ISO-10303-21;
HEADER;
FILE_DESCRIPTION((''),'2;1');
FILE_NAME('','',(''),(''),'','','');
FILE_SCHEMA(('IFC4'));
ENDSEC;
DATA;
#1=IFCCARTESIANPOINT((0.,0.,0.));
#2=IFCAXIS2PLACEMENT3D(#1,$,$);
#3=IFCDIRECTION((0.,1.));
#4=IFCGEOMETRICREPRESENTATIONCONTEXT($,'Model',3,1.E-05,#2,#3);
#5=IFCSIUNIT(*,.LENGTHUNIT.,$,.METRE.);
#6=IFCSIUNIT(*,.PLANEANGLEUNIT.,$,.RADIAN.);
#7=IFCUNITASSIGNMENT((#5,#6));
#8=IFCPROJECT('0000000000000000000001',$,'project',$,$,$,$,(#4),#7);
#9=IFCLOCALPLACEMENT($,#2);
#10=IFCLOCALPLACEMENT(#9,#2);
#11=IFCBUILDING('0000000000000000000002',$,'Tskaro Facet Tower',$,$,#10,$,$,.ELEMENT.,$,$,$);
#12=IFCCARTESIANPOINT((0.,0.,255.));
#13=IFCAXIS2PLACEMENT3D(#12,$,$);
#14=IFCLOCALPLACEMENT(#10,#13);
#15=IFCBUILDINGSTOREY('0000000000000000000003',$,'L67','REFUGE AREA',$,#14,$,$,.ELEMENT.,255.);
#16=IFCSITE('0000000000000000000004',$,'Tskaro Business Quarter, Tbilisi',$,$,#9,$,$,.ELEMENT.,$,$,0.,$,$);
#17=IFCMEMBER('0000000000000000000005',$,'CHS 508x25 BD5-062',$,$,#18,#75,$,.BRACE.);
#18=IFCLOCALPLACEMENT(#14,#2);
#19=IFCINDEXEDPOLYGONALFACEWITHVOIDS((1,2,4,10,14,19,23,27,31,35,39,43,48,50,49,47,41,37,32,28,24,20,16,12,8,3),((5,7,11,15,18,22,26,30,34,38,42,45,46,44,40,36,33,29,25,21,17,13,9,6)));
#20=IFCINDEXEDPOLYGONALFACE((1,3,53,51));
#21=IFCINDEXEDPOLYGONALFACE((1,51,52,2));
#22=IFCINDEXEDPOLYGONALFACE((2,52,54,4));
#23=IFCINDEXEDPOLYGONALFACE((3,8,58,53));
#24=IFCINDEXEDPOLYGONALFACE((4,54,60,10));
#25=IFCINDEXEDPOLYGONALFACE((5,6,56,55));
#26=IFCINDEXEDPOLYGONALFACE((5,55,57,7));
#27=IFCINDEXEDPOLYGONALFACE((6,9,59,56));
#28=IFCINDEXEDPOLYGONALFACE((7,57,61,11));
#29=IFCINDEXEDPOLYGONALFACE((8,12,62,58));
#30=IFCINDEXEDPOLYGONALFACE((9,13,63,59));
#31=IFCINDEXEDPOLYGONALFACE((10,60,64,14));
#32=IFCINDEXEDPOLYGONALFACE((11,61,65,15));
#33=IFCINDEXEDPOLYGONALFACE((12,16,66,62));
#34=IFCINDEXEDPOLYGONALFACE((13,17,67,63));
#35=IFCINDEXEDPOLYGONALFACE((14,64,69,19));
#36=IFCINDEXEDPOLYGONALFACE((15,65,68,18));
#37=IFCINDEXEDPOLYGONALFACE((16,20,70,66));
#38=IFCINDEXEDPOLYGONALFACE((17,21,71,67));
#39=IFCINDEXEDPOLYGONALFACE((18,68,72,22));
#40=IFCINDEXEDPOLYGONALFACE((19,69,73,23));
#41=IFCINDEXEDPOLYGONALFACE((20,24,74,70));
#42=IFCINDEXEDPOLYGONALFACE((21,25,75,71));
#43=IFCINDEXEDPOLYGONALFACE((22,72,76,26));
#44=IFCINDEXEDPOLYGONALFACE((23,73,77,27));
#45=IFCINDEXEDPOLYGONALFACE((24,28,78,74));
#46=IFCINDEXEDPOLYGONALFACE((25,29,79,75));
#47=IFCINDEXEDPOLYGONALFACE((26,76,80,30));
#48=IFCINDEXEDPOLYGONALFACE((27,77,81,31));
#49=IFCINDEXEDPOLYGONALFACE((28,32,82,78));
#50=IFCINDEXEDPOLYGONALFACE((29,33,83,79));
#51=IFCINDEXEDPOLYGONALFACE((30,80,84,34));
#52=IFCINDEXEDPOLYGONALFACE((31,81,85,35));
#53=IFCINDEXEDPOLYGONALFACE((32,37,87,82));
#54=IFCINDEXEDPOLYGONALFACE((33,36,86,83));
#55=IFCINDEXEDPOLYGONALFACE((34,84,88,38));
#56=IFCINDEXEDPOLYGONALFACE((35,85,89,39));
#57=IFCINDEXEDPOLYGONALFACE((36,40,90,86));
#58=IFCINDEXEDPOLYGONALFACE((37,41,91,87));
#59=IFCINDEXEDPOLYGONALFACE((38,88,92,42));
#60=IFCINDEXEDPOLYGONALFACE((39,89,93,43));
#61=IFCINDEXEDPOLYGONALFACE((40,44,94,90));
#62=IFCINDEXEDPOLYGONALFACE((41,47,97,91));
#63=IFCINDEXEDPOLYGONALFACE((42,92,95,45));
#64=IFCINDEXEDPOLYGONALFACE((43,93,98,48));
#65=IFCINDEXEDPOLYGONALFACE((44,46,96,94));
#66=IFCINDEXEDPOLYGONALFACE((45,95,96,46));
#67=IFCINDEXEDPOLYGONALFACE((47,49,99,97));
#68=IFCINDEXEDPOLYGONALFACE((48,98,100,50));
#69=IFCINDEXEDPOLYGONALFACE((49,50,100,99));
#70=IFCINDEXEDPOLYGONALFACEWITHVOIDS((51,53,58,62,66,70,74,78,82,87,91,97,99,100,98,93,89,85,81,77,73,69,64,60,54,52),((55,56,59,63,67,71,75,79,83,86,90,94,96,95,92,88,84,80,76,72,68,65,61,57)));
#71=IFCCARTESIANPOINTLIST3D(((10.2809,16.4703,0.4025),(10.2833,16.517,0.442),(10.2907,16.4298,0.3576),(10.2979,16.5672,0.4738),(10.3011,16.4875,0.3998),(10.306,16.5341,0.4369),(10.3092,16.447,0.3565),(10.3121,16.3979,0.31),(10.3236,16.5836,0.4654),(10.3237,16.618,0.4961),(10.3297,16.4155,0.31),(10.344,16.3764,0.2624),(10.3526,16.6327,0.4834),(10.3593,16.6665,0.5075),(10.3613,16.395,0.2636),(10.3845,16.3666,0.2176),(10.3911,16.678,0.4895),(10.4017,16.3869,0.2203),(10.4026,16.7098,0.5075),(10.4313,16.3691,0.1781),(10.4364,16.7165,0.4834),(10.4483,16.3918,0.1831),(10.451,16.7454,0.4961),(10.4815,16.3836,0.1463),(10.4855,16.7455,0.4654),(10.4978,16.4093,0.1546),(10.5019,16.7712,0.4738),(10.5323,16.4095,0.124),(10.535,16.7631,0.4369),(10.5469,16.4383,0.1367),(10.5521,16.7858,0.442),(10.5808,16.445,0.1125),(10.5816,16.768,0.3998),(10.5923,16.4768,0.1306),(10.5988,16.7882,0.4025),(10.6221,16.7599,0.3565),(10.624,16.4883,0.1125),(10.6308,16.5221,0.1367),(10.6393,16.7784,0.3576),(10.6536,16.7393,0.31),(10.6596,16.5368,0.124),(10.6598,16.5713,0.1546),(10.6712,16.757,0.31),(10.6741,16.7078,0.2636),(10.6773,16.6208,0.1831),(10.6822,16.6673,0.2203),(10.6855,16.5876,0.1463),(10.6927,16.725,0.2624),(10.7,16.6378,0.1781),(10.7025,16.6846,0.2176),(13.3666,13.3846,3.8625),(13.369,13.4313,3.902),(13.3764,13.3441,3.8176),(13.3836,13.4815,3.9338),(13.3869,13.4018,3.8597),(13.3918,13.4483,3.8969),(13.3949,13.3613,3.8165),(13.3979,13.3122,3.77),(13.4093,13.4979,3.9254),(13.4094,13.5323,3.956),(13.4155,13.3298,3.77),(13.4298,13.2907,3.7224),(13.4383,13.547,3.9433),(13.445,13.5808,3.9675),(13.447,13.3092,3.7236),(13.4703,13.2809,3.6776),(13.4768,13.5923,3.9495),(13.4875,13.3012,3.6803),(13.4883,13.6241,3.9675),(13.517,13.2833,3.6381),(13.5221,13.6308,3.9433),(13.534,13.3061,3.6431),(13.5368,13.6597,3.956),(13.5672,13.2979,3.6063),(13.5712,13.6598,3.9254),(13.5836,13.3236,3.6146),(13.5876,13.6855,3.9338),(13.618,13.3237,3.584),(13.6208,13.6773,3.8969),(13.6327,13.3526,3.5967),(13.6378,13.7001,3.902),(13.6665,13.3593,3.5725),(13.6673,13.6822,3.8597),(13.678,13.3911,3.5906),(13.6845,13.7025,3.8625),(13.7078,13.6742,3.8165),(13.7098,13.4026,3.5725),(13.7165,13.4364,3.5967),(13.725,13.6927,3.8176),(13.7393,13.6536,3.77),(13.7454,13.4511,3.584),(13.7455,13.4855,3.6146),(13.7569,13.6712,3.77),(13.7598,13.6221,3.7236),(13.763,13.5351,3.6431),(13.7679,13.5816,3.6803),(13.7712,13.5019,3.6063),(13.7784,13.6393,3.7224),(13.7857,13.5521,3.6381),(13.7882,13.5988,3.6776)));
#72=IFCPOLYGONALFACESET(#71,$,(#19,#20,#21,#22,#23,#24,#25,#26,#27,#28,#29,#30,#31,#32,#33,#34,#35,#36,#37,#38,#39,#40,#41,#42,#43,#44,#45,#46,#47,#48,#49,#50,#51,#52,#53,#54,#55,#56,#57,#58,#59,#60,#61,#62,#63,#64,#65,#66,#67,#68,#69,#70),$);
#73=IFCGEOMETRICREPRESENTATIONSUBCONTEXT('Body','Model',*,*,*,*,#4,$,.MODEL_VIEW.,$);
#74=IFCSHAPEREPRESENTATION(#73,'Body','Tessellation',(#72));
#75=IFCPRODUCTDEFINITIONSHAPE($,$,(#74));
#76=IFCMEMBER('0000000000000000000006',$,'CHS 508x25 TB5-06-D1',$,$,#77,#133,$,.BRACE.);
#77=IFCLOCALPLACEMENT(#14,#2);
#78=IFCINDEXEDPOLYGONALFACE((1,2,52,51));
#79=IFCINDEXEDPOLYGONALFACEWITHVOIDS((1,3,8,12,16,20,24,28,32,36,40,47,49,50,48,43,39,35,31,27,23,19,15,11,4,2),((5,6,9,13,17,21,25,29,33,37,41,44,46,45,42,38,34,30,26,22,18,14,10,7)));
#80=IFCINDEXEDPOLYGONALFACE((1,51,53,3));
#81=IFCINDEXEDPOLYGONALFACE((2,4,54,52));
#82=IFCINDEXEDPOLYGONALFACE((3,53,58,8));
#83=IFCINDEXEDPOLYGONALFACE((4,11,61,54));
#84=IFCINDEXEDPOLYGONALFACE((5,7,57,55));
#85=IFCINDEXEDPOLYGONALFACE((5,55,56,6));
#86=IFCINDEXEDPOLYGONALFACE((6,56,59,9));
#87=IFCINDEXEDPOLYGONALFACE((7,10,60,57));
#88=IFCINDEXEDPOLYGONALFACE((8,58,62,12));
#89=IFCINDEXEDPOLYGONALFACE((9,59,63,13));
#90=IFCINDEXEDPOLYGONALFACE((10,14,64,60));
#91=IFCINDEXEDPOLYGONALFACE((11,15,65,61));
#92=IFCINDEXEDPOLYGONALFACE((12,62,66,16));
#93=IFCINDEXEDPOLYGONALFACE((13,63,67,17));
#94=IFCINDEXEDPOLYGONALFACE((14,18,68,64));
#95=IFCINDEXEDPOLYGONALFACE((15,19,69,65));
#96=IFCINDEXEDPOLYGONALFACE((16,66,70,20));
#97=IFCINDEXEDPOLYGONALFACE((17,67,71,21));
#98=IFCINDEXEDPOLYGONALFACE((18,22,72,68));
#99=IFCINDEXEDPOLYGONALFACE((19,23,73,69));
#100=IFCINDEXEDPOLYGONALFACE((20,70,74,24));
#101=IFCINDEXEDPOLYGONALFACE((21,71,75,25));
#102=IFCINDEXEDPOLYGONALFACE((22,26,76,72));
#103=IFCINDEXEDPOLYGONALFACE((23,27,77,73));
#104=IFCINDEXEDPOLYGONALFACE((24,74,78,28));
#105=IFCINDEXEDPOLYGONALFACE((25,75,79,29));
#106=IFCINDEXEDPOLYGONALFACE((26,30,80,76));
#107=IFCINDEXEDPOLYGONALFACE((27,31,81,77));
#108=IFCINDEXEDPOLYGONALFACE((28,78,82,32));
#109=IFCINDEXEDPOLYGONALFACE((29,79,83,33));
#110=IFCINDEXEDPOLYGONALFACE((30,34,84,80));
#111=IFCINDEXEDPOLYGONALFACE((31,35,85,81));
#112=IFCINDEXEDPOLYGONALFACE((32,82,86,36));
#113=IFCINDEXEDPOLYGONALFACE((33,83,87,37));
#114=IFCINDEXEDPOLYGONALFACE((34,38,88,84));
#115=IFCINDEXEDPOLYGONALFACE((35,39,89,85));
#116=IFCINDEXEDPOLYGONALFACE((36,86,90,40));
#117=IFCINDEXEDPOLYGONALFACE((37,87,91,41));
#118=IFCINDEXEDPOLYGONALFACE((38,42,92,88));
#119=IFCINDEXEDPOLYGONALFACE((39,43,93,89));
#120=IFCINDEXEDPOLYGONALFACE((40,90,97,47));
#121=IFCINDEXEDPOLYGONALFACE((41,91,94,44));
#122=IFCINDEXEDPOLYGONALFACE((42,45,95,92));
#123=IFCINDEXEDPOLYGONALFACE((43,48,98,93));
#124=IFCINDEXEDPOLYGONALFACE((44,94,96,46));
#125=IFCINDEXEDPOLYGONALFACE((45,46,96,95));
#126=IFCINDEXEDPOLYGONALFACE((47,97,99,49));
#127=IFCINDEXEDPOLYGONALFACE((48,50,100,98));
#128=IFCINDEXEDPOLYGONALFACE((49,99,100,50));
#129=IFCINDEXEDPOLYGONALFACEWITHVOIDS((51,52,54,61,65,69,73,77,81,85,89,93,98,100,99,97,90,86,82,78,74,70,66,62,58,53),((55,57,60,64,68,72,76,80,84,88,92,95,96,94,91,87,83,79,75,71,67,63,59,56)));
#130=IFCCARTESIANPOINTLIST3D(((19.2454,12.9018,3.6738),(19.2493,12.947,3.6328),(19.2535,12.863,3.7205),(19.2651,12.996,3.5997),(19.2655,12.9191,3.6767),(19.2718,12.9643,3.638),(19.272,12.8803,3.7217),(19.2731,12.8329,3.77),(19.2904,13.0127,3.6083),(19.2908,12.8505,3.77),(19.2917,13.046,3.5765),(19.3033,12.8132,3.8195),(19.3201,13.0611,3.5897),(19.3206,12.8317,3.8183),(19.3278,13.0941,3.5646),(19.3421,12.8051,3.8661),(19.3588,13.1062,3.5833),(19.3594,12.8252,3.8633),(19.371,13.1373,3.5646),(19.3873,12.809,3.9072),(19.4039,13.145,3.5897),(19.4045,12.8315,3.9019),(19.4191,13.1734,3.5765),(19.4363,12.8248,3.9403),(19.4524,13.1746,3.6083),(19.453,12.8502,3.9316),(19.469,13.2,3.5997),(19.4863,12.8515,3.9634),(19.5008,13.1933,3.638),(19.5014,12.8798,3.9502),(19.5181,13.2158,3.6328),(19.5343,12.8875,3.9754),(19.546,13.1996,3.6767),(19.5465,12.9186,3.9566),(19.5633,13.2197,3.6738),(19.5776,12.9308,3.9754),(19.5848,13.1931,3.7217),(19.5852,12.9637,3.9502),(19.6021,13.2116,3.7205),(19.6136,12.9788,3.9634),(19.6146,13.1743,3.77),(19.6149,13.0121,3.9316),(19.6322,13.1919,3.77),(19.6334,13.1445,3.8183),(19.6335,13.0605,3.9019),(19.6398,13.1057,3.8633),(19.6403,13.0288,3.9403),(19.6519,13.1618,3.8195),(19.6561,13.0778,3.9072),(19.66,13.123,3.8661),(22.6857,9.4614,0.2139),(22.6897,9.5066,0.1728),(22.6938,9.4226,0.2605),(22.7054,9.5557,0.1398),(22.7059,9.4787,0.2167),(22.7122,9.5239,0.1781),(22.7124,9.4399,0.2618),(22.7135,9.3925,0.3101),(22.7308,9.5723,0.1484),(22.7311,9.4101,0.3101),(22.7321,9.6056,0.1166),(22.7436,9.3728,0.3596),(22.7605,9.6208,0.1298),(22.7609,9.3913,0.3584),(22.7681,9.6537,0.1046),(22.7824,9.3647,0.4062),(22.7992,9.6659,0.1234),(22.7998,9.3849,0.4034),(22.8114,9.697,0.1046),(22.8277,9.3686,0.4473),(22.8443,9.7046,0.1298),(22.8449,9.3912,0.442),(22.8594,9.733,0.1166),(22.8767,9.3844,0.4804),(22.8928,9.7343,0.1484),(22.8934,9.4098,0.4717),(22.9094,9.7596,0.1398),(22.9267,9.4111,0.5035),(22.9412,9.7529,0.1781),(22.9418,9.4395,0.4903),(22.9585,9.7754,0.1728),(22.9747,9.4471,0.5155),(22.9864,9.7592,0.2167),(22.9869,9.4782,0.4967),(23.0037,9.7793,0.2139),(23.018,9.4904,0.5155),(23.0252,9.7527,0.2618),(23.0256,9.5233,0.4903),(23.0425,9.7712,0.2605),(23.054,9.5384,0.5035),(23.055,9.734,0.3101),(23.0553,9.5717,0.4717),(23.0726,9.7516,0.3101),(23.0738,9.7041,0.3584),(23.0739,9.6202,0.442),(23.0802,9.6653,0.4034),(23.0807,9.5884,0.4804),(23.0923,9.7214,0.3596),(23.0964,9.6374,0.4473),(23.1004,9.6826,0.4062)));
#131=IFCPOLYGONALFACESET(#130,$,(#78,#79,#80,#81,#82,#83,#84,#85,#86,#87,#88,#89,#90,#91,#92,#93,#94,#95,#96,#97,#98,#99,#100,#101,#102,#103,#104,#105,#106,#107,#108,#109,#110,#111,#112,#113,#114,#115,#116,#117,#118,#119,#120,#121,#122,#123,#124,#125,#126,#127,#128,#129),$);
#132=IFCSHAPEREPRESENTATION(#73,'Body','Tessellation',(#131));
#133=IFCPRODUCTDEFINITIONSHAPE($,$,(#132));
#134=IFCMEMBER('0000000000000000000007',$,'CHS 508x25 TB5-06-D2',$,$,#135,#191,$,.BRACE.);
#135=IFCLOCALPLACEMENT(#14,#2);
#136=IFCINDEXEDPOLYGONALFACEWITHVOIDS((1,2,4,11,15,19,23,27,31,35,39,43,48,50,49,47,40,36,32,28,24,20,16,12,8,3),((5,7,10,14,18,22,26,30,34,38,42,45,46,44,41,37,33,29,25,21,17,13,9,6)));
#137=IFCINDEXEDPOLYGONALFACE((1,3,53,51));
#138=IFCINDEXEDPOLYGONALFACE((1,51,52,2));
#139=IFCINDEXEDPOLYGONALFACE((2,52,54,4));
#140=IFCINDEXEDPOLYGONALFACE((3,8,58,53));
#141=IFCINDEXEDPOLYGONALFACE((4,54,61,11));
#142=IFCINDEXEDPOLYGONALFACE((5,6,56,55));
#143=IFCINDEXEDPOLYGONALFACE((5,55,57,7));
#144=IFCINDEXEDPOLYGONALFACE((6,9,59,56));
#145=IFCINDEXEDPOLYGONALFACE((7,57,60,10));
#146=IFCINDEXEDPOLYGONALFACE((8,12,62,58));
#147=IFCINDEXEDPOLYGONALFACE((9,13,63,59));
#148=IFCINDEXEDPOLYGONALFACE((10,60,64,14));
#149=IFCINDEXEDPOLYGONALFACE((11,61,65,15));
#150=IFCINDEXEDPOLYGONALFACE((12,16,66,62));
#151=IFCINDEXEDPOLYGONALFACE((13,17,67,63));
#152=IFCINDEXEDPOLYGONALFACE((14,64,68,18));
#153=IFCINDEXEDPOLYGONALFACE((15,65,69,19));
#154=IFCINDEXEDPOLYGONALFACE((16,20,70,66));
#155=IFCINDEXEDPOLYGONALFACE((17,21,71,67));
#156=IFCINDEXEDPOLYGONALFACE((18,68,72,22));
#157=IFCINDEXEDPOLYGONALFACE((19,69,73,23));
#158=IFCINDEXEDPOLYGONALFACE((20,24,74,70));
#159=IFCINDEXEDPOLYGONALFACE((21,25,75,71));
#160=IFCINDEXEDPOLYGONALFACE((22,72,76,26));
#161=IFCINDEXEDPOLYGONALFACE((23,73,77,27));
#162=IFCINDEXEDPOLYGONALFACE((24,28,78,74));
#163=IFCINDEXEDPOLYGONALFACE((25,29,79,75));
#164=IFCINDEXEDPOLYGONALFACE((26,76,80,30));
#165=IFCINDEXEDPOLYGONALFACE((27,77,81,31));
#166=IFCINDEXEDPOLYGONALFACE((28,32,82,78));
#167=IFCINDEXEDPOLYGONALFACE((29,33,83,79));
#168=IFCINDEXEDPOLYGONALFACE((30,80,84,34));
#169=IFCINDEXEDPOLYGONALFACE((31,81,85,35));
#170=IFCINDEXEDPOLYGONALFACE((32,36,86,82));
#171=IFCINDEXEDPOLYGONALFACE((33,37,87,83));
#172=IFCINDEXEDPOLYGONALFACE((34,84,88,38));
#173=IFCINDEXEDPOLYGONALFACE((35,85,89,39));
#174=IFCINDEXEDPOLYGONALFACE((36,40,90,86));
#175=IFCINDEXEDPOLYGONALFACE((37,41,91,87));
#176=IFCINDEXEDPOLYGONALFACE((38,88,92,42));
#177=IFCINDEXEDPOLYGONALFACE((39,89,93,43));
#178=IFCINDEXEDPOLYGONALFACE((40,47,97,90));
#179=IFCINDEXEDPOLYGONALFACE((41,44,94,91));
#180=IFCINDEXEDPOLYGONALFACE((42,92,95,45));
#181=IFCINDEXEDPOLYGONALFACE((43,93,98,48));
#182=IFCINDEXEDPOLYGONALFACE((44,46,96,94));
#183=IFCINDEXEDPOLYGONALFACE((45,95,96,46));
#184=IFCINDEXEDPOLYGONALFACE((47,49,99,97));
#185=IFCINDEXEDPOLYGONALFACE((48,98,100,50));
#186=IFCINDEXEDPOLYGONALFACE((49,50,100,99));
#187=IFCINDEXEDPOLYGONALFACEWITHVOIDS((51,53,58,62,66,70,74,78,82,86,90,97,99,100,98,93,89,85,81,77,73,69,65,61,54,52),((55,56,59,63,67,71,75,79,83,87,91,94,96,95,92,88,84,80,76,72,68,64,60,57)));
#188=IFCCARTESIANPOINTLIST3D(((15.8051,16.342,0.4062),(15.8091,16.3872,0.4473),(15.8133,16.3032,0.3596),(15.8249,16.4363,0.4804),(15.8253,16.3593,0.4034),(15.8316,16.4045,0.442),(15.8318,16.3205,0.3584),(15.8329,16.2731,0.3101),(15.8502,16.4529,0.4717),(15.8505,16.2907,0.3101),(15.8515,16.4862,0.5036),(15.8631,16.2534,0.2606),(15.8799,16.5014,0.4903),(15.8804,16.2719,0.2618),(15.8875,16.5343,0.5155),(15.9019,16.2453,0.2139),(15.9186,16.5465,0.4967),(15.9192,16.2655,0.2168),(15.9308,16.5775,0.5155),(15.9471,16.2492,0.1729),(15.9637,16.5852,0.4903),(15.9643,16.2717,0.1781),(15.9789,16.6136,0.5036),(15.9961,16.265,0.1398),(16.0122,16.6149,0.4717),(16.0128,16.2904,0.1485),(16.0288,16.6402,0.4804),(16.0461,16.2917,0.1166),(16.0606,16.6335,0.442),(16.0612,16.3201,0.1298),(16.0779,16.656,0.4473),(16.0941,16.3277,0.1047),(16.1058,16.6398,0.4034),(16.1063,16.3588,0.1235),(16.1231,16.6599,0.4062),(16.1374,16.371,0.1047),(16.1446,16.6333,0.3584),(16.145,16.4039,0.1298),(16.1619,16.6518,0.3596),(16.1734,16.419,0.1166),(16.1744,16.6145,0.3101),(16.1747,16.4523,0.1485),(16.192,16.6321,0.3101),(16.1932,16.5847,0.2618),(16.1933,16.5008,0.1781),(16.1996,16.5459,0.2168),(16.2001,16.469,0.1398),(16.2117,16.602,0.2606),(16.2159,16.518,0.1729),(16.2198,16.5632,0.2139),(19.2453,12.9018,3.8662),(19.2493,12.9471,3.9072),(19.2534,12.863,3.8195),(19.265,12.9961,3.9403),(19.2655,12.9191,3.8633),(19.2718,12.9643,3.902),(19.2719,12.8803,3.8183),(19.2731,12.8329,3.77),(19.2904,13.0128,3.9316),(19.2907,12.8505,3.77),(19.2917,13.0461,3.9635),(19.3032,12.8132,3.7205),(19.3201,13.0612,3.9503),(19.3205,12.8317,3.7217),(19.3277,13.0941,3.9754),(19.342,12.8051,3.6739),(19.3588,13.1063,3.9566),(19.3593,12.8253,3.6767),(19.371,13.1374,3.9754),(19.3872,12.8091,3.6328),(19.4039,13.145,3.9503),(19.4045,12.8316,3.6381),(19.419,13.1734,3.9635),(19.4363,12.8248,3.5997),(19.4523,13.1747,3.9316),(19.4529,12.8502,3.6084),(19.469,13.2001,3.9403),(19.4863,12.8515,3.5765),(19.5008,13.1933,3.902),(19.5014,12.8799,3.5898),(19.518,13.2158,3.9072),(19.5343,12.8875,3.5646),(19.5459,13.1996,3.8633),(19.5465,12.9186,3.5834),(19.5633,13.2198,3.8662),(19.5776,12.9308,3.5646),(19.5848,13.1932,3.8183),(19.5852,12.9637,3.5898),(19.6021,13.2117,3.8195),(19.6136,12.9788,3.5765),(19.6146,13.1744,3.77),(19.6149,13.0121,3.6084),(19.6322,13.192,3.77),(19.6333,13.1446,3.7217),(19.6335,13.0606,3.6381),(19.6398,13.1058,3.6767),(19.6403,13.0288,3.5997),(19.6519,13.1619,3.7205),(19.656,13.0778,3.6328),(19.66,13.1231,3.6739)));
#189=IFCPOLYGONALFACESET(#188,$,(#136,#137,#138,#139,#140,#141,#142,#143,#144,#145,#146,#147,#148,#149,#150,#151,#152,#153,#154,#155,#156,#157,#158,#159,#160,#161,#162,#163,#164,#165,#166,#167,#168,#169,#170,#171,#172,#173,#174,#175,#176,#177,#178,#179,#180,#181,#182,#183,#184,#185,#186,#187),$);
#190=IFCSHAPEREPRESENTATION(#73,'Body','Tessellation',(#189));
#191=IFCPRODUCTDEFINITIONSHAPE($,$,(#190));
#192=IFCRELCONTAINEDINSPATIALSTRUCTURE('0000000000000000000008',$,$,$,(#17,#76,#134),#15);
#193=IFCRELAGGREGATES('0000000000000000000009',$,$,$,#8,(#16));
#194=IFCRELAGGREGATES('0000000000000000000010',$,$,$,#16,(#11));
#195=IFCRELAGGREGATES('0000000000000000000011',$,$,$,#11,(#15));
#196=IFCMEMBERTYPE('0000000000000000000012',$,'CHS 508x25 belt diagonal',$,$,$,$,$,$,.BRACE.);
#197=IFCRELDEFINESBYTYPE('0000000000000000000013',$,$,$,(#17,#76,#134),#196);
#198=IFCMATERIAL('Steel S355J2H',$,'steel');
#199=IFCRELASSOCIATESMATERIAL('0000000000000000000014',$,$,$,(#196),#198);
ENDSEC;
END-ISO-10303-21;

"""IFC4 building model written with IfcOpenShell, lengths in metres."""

from ifc_helpers import new_model, si_unit, direction, frame, origin, origin_2d, place, context, subcontext, project, spatial, hollow_circle, extrude, material, material_profile, profile_set, type_object, element, save


model = new_model("IFC4")

# Units and contexts
model_context = context("Model", 3, precision=1e-05, world=origin(), true_north=direction((0.0, 1.0)))
body_context = subcontext(model_context, "Body", "Model", "MODEL_VIEW")
ifc_project = project(units=[si_unit("LENGTHUNIT", "METRE"), si_unit("PLANEANGLEUNIT", "RADIAN")], contexts=[model_context])

# Site, building, storey
site_placement = place(None, origin())
site = spatial("IfcSite", under=ifc_project, at=site_placement, Name="Tskaro Business Quarter, Tbilisi", CompositionType="ELEMENT", RefElevation=0.0)
building_placement = place(site_placement, origin())
building = spatial("IfcBuilding", under=site, at=building_placement, Name="Tskaro Facet Tower", CompositionType="ELEMENT")
storey_placement = place(building_placement, frame((0.0, 0.0, 255.0)))
storey = spatial("IfcBuildingStorey", under=building, at=storey_placement, Name="L67", Description="REFUGE AREA", CompositionType="ELEMENT", Elevation=255.0)

# Members
ifc_material_1 = material(Name="Steel S355J2H", Category="steel")
ifc_material_profile_1 = material_profile(ifc_material_1, hollow_circle(Radius=0.2539, WallThickness=0.0249, at=origin_2d()), Name="CHS 508x25")
ifc_profile_set_1 = profile_set([ifc_material_profile_1], Name="Steel S355J2H")
member_type_1 = type_object("IfcMemberType", Name="CHS 508x25 belt diagonal", PredefinedType="BRACE", material=ifc_profile_set_1)
for number, where, z_axis, x_axis, name in (
    (1, (13.5774, 13.4917, 3.77), (-0.554079, 0.554079, -0.621284), (-0.707107, -0.707107, 0.0), "CHS 508x25 BD5-062"),
):
    element("IfcMember", number, at=place(storey_placement, frame(where, z_axis=z_axis, x_axis=x_axis)), inside=storey, type_object=member_type_1, Name=name, PredefinedType="BRACE", context=body_context, shape_type="SweptSolid", body=[
        extrude(hollow_circle(Radius=0.2539, WallThickness=0.0249, at=origin_2d()), origin(), (0.0, 0.0, 1.0), 5.5691),
    ])
member_1_placement = place(storey_placement, frame((22.8931, 9.572, 0.3101), z_axis=(-0.576258, 0.576258, 0.579529), x_axis=(-0.707107, -0.707107, 0.0)))
element("IfcMember", 2, at=member_1_placement, inside=storey, type_object=member_type_1, Name="CHS 508x25 TB5-06-D1", PredefinedType="BRACE", context=body_context, shape_type="SweptSolid", body=[
    extrude(hollow_circle(Radius=0.2539, WallThickness=0.0249, at=origin_2d()), origin(), (0.0, 0.0, 1.0), 5.9702),
])
member_2_placement = place(storey_placement, frame((19.4526, 13.0125, 3.77), z_axis=(-0.576244, 0.576244, -0.579556), x_axis=(-0.707107, -0.707107, 0.0)))
element("IfcMember", 3, at=member_2_placement, inside=storey, type_object=member_type_1, Name="CHS 508x25 TB5-06-D2", PredefinedType="BRACE", context=body_context, shape_type="SweptSolid", body=[
    extrude(hollow_circle(Radius=0.2539, WallThickness=0.0249, at=origin_2d()), origin(), (0.0, 0.0, 1.0), 5.97),
])

save(model, "model.ifc")
